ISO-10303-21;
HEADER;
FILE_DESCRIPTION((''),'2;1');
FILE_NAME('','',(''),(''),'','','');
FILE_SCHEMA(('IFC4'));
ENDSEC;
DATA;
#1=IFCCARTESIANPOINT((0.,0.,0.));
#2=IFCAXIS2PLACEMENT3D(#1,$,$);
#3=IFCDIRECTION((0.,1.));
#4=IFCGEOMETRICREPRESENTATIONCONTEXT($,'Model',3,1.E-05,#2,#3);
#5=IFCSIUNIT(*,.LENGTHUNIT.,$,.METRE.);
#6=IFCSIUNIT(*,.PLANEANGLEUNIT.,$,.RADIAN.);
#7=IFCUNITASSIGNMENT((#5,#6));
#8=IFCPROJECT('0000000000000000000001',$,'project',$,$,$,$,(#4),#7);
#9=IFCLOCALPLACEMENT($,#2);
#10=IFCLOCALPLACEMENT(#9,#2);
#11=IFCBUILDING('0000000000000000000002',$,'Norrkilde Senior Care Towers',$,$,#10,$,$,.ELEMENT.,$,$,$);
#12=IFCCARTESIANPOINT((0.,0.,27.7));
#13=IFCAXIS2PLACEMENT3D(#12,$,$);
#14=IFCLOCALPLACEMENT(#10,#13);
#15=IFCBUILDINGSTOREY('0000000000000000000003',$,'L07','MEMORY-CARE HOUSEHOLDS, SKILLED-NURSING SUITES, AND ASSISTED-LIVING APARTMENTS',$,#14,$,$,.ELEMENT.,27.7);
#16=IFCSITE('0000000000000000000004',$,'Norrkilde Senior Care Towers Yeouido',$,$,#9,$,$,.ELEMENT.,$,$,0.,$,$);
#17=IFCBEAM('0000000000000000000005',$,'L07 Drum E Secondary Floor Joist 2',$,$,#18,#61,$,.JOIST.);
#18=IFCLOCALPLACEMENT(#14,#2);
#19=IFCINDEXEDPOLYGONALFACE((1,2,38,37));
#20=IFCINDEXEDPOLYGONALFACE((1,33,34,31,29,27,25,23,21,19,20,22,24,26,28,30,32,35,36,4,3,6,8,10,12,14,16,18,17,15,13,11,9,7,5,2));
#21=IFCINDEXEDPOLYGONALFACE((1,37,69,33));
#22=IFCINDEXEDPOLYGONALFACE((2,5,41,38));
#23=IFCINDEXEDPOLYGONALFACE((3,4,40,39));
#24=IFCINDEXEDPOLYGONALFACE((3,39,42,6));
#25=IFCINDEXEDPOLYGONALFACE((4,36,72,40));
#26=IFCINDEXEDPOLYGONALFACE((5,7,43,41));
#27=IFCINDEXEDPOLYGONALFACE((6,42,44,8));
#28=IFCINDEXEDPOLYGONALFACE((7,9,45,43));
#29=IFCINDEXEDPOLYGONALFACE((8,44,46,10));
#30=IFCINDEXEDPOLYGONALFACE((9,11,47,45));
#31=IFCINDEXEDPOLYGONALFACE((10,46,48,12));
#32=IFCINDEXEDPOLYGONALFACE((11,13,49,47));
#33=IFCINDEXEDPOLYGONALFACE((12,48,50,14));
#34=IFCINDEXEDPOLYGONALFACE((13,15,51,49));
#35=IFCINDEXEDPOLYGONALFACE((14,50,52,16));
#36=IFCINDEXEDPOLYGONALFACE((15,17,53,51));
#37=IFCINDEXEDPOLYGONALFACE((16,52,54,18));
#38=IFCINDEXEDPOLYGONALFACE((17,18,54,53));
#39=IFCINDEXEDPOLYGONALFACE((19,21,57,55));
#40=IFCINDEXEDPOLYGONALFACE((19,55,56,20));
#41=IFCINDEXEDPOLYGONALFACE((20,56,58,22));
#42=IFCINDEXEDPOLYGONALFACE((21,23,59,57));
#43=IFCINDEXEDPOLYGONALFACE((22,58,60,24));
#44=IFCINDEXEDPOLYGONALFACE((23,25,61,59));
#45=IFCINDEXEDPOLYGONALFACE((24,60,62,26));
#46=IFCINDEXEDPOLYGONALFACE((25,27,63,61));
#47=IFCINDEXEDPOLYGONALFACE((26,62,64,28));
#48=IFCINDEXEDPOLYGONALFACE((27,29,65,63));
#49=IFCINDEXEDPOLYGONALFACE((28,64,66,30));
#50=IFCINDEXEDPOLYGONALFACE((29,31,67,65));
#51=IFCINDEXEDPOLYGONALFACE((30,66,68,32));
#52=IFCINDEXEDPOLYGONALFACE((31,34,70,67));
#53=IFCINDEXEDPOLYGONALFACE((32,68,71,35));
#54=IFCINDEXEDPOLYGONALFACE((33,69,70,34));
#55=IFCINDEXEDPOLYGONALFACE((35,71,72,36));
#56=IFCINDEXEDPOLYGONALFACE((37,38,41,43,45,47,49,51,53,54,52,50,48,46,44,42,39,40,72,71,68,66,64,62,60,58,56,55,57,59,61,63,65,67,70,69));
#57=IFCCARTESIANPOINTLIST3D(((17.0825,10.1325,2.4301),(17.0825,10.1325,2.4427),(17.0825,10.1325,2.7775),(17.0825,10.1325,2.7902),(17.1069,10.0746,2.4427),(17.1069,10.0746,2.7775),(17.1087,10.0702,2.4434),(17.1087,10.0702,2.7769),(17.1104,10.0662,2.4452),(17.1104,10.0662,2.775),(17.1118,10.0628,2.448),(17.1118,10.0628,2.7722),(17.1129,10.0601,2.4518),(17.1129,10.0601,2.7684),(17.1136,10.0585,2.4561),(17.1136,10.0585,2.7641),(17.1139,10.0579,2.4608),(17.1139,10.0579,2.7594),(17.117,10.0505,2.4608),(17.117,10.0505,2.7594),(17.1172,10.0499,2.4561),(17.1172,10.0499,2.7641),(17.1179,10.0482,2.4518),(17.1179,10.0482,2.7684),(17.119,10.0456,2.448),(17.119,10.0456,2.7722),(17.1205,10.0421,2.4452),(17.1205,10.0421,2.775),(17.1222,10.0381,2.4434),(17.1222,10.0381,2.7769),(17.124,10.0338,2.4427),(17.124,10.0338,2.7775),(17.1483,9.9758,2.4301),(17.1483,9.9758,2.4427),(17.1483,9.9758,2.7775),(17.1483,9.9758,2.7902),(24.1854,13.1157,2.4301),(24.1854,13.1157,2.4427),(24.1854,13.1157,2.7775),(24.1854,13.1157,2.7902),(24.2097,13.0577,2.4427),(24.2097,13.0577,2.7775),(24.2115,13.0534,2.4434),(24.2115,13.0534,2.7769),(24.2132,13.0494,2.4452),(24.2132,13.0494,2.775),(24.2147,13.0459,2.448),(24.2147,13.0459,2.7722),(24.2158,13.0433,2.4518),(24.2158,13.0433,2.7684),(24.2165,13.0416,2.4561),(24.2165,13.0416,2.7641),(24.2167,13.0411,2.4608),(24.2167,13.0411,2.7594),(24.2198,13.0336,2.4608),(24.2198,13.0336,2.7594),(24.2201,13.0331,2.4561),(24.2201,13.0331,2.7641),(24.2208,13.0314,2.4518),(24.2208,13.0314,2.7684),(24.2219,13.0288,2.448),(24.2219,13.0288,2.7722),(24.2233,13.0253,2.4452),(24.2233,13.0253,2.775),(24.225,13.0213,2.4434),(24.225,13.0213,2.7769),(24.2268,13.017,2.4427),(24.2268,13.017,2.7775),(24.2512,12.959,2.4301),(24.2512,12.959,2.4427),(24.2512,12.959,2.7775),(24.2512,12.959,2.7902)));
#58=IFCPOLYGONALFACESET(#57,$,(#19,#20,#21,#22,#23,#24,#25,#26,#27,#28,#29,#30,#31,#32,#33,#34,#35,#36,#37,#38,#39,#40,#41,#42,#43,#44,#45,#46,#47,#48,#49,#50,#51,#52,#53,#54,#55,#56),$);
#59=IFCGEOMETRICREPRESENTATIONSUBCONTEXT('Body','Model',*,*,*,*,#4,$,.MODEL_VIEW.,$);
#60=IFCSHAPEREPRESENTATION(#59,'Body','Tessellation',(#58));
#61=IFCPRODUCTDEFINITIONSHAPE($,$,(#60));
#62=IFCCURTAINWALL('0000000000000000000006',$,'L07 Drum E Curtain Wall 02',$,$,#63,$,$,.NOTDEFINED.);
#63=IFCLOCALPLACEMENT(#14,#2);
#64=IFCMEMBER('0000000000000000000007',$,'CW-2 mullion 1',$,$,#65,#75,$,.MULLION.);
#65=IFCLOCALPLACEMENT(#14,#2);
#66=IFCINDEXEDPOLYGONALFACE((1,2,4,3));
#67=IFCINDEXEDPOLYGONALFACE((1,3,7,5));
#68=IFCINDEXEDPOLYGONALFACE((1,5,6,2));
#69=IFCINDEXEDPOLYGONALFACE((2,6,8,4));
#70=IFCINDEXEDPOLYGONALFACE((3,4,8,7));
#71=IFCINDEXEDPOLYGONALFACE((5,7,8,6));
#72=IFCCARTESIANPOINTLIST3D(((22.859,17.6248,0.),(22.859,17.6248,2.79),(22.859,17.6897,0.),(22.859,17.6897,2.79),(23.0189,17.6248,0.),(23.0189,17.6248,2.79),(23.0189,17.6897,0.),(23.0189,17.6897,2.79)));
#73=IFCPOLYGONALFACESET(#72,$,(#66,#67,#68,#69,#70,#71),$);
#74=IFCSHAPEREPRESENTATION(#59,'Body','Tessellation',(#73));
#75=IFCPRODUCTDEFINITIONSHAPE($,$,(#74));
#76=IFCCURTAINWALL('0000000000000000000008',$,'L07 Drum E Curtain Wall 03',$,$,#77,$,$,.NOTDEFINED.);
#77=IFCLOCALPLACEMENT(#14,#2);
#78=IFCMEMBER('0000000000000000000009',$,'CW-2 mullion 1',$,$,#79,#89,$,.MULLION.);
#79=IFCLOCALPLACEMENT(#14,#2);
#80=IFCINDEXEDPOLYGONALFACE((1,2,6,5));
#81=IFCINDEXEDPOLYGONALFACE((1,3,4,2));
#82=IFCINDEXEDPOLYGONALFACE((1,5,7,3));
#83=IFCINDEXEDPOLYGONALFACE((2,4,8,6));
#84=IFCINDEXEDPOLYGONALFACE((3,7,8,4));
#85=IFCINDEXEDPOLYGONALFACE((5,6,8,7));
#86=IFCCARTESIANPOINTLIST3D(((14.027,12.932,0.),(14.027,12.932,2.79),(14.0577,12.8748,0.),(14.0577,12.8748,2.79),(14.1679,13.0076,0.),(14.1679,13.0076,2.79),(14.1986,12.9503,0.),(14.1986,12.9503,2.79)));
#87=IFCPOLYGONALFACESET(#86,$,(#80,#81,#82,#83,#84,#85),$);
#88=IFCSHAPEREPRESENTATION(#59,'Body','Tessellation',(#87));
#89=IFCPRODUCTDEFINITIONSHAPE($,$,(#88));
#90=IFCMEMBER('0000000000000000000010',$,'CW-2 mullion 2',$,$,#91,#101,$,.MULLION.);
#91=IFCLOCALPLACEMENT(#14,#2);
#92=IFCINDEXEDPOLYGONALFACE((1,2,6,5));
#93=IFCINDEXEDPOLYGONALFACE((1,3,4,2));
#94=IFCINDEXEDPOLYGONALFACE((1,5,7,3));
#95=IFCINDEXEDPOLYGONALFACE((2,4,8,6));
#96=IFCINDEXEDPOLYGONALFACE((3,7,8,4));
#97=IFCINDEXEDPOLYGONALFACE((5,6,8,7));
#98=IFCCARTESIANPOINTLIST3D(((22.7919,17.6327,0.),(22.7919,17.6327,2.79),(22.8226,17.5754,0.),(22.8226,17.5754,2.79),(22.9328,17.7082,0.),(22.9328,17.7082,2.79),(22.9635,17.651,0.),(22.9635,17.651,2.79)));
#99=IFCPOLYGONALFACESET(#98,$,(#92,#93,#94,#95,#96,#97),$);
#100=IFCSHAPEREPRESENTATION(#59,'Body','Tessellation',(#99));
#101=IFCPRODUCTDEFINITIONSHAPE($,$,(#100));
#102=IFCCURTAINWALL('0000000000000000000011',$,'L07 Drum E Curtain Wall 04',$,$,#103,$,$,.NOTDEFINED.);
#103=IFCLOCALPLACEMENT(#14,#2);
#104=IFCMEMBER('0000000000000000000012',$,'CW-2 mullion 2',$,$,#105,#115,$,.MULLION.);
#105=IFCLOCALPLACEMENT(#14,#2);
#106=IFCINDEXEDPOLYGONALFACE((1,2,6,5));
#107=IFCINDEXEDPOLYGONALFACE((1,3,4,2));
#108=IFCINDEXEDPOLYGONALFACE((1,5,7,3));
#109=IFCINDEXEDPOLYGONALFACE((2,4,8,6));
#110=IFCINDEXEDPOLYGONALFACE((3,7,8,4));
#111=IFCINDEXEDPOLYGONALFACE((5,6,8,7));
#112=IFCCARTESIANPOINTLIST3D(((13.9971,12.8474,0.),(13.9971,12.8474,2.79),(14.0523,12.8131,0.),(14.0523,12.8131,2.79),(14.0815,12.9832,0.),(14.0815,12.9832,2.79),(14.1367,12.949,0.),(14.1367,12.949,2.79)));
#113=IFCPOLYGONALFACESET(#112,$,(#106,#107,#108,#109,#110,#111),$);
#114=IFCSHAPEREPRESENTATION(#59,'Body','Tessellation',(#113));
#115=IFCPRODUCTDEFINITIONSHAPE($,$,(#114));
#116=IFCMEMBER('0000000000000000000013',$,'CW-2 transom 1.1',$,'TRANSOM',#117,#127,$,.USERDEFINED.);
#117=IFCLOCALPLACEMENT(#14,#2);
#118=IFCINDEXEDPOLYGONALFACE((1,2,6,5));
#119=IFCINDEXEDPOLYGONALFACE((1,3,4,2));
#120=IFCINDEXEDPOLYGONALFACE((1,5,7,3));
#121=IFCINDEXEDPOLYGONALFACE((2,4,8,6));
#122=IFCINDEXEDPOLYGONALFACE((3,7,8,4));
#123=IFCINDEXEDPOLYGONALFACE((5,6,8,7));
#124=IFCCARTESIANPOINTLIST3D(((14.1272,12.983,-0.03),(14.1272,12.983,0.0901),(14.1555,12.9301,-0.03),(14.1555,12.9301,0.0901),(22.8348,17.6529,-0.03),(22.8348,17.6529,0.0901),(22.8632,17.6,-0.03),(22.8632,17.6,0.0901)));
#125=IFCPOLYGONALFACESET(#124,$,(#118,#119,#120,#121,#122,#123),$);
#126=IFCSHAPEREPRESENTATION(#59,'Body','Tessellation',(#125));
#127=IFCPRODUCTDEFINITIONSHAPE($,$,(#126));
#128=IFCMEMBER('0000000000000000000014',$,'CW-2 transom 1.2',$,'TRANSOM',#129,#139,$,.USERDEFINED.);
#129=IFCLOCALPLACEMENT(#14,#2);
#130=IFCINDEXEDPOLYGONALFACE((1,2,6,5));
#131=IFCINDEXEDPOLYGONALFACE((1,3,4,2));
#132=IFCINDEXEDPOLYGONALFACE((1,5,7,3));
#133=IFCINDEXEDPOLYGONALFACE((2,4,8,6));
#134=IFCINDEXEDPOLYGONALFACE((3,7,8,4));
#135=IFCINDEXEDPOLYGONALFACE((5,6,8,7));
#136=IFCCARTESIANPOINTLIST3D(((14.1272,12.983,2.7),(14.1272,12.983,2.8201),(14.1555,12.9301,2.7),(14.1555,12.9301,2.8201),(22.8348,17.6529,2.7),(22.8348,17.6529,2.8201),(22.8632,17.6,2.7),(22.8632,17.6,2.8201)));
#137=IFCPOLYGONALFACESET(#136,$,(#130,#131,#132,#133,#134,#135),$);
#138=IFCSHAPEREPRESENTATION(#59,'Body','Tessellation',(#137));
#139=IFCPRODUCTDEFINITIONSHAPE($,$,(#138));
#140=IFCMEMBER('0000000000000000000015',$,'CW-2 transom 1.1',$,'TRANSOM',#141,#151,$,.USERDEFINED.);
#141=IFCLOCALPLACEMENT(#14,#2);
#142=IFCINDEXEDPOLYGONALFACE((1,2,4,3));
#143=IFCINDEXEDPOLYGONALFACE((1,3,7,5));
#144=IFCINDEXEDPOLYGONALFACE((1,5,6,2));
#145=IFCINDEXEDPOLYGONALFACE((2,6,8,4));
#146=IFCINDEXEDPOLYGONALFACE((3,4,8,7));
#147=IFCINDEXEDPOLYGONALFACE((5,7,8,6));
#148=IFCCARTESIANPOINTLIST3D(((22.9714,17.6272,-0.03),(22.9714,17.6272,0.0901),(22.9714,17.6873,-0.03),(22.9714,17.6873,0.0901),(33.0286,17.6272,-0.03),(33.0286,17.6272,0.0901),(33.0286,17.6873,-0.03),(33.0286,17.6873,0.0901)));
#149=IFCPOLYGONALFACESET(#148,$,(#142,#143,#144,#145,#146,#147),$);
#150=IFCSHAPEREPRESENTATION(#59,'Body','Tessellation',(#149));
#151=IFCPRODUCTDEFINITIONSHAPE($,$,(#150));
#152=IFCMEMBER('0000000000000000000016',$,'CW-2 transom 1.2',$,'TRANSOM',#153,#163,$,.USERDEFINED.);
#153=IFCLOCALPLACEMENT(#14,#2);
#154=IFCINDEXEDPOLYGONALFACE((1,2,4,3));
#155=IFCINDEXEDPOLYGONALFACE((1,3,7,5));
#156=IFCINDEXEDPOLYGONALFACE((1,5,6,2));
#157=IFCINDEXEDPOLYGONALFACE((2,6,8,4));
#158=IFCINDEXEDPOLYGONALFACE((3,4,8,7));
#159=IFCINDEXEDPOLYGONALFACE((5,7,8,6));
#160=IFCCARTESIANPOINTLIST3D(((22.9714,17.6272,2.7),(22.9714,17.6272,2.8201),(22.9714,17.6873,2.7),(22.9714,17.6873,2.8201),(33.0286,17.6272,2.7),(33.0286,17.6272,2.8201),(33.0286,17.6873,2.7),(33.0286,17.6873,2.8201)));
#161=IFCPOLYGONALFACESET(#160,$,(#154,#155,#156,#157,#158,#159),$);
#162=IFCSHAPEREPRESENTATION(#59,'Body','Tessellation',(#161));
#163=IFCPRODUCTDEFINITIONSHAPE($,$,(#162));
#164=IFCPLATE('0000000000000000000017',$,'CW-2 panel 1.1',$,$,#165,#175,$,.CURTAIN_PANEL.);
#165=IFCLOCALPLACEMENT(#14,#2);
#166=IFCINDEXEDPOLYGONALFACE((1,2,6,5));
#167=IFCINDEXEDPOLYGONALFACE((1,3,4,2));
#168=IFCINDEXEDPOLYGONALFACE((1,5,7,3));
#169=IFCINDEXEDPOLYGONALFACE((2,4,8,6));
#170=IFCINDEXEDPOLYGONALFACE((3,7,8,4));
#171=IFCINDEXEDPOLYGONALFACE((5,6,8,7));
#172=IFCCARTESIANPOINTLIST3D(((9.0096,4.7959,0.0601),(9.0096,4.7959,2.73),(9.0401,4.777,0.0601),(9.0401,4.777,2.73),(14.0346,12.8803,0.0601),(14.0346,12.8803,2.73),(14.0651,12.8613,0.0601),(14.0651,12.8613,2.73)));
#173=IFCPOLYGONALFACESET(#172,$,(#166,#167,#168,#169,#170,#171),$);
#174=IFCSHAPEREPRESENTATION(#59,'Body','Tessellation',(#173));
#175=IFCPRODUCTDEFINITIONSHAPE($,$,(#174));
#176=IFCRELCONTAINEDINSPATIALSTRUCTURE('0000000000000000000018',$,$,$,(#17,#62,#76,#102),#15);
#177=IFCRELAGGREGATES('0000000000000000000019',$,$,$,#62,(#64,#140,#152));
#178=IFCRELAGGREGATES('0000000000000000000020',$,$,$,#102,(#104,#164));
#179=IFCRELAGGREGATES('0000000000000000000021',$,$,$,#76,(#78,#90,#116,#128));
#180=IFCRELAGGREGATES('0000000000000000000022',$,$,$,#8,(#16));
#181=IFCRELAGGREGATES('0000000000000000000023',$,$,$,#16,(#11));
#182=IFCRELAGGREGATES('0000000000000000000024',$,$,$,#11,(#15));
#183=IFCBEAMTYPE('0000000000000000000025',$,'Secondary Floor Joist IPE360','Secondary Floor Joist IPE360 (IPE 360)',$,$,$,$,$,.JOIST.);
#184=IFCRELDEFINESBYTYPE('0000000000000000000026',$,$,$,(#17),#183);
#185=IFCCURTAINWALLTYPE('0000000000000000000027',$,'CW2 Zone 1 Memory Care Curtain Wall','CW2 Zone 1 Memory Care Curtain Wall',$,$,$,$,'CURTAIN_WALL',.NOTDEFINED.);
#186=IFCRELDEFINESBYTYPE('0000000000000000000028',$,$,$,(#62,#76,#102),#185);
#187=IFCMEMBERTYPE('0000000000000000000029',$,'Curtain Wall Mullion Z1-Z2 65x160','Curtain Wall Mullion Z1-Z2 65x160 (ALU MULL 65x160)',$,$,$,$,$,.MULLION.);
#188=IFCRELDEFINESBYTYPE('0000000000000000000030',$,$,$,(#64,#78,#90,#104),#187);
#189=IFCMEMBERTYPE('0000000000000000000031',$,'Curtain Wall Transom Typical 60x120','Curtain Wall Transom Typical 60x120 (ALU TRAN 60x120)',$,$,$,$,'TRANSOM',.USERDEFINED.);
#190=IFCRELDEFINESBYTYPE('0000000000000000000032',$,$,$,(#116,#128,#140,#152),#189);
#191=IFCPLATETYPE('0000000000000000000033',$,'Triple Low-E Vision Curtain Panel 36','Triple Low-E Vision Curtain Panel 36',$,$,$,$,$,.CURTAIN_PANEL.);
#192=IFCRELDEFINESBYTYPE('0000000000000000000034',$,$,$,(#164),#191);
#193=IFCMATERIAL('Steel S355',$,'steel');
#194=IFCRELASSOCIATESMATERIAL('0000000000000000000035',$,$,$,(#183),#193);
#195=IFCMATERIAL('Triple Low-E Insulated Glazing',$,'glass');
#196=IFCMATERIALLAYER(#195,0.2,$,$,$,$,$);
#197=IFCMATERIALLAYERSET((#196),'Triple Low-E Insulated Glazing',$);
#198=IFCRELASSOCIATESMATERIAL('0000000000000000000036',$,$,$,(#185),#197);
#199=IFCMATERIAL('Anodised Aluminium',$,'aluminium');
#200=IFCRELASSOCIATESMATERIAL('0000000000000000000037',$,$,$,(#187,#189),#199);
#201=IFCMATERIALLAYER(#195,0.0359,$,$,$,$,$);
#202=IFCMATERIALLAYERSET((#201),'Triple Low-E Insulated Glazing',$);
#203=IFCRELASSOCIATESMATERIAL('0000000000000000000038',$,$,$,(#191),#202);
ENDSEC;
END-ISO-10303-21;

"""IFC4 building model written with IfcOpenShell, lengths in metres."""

from ifc_helpers import new_model, si_unit, direction, frame, origin, origin_2d, place, context, subcontext, project, spatial, rectangle, i_section, extrude, source, transform, mapped, material, layer, layer_set, material_profile, profile_set, type_object, type_shapes, element, aggregate, save


model = new_model("IFC4")

# Units and contexts
model_context = context("Model", 3, precision=1e-05, world=origin(), true_north=direction((0.0, 1.0)))
body_context = subcontext(model_context, "Body", "Model", "MODEL_VIEW")
ifc_project = project(units=[si_unit("LENGTHUNIT", "METRE"), si_unit("PLANEANGLEUNIT", "RADIAN")], contexts=[model_context])

# Site, building, storey
site_placement = place(None, origin())
site = spatial("IfcSite", under=ifc_project, at=site_placement, Name="Norrkilde Senior Care Towers Yeouido", CompositionType="ELEMENT", RefElevation=0.0)
building_placement = place(site_placement, origin())
building = spatial("IfcBuilding", under=site, at=building_placement, Name="Norrkilde Senior Care Towers", CompositionType="ELEMENT")
storey_placement = place(building_placement, frame((0.0, 0.0, 27.7)))
storey = spatial("IfcBuildingStorey", under=building, at=storey_placement, Name="L07", Description="MEMORY-CARE HOUSEHOLDS, SKILLED-NURSING SUITES, AND ASSISTED-LIVING APARTMENTS", CompositionType="ELEMENT", Elevation=27.7)

# Beam
ifc_material_1 = material(Name="Steel S355", Category="steel")
ifc_material_profile_1 = material_profile(ifc_material_1, i_section(OverallWidth=0.1699, OverallDepth=0.3601, WebThickness=0.0081, FlangeThickness=0.0127, FilletRadius=0.0181, at=origin_2d()), Name="IPE 360")
ifc_profile_set_1 = profile_set([ifc_material_profile_1], Name="Steel S355")
beam_type_1 = type_object("IfcBeamType", Name="Secondary Floor Joist IPE360", Description="Secondary Floor Joist IPE360 (IPE 360)", PredefinedType="JOIST", material=ifc_profile_set_1)
shared_shape_1 = source(origin(), body_context, "Body", "SweptSolid", [
    extrude(i_section(OverallWidth=0.1699, OverallDepth=0.3601, WebThickness=0.0081, FlangeThickness=0.0127, FilletRadius=0.0181, at=origin_2d()), origin(), (0.0, 0.0, 1.0), 7.7039),
])
type_shapes(beam_type_1, [shared_shape_1])
beam_1_placement = place(storey_placement, frame((24.2183, 13.0374, 2.6101), z_axis=(-0.921983, -0.387231, 0.0), x_axis=(0.387231, -0.921983, 0.0)))
element("IfcBeam", 1, at=beam_1_placement, inside=storey, type_object=beam_type_1, Name="L07 Drum E Secondary Floor Joist 2", PredefinedType="JOIST", context=body_context, shape_type="MappedRepresentation", body=[
    mapped(shared_shape_1, transform((0.0, 0.0, 0.0), x_axis=(1.0, 0.0, 0.0), y_axis=(0.0, 1.0, 0.0), z_axis=(0.0, 0.0, 1.0), scale=1.0)),
])

# Curtain wall, member
ifc_material_2 = material(Name="Triple Low-E Insulated Glazing", Category="glass")
ifc_layer_1 = layer(ifc_material_2, 0.2)
ifc_layer_set_1 = layer_set([ifc_layer_1], Name="Triple Low-E Insulated Glazing")
curtain_wall_type = type_object("IfcCurtainWallType", Name="CW2 Zone 1 Memory Care Curtain Wall", Description="CW2 Zone 1 Memory Care Curtain Wall", ElementType="CURTAIN_WALL", PredefinedType="NOTDEFINED", material=ifc_layer_set_1)
curtain_wall_1_placement = place(storey_placement, origin())
curtain_wall_1 = element("IfcCurtainWall", 2, at=curtain_wall_1_placement, inside=storey, type_object=curtain_wall_type, Name="L07 Drum E Curtain Wall 02", PredefinedType="NOTDEFINED")
ifc_material_3 = material(Name="Anodised Aluminium", Category="aluminium")
ifc_material_profile_2 = material_profile(ifc_material_3, rectangle(XDim=0.0649, YDim=0.1599, at=origin_2d()), Name="ALU MULL 65x160")
ifc_profile_set_2 = profile_set([ifc_material_profile_2], Name="Anodised Aluminium")
member_type_1 = type_object("IfcMemberType", Name="Curtain Wall Mullion Z1-Z2 65x160", Description="Curtain Wall Mullion Z1-Z2 65x160 (ALU MULL 65x160)", PredefinedType="MULLION", material=ifc_profile_set_2)
shared_shape_2 = source(origin(), body_context, "Body", "SweptSolid", [
    extrude(rectangle(XDim=0.0649, YDim=0.1599, at=origin_2d()), origin(), (0.0, 0.0, 1.0), 2.79),
])
type_shapes(member_type_1, [shared_shape_2])
member_1_placement = place(storey_placement, frame((22.939, 17.6572, 0.0), z_axis=(0.0, 0.0, 1.0), x_axis=(0.0, 1.0, 0.0)))
member_1 = element("IfcMember", 3, at=member_1_placement, type_object=member_type_1, Name="CW-2 mullion 1", PredefinedType="MULLION", context=body_context, shape_type="MappedRepresentation", body=[
    mapped(shared_shape_2, transform((0.0, 0.0, 0.0), x_axis=(1.0, 0.0, 0.0), y_axis=(0.0, 1.0, 0.0), z_axis=(0.0, 0.0, 1.0), scale=1.0)),
])

# Curtain wall, members
curtain_wall_2_placement = place(storey_placement, origin())
curtain_wall_2 = element("IfcCurtainWall", 4, at=curtain_wall_2_placement, inside=storey, type_object=curtain_wall_type, Name="L07 Drum E Curtain Wall 03", PredefinedType="NOTDEFINED")
member_2_placement = place(storey_placement, frame((14.1128, 12.9412, 0.0), z_axis=(0.0, 0.0, 1.0), x_axis=(-0.472608, 0.881273, 0.0)))
member_2 = element("IfcMember", 5, at=member_2_placement, type_object=member_type_1, Name="CW-2 mullion 1", PredefinedType="MULLION", context=body_context, shape_type="MappedRepresentation", body=[
    mapped(shared_shape_2, transform((0.0, 0.0, 0.0), x_axis=(1.0, 0.0, 0.0), y_axis=(0.0, 1.0, 0.0), z_axis=(0.0, 0.0, 1.0), scale=1.0)),
])
member_3_placement = place(storey_placement, frame((22.8777, 17.6418, 0.0), z_axis=(0.0, 0.0, 1.0), x_axis=(-0.472608, 0.881273, 0.0)))
member_3 = element("IfcMember", 6, at=member_3_placement, type_object=member_type_1, Name="CW-2 mullion 2", PredefinedType="MULLION", context=body_context, shape_type="MappedRepresentation", body=[
    mapped(shared_shape_2, transform((0.0, 0.0, 0.0), x_axis=(1.0, 0.0, 0.0), y_axis=(0.0, 1.0, 0.0), z_axis=(0.0, 0.0, 1.0), scale=1.0)),
])

# Curtain wall, member
curtain_wall_3_placement = place(storey_placement, origin())
curtain_wall_3 = element("IfcCurtainWall", 7, at=curtain_wall_3_placement, inside=storey, type_object=curtain_wall_type, Name="L07 Drum E Curtain Wall 04", PredefinedType="NOTDEFINED")
member_4_placement = place(storey_placement, frame((14.0669, 12.8982, 0.0), z_axis=(0.0, 0.0, 1.0), x_axis=(-0.849306, 0.527901, 0.0)))
member_4 = element("IfcMember", 8, at=member_4_placement, type_object=member_type_1, Name="CW-2 mullion 2", PredefinedType="MULLION", context=body_context, shape_type="MappedRepresentation", body=[
    mapped(shared_shape_2, transform((0.0, 0.0, 0.0), x_axis=(1.0, 0.0, 0.0), y_axis=(0.0, 1.0, 0.0), z_axis=(0.0, 0.0, 1.0), scale=1.0)),
])

# Members
ifc_material_profile_3 = material_profile(ifc_material_3, rectangle(XDim=0.0601, YDim=0.1201, at=origin_2d()), Name="ALU TRAN 60x120")
ifc_profile_set_3 = profile_set([ifc_material_profile_3], Name="Anodised Aluminium")
member_type_2 = type_object("IfcMemberType", Name="Curtain Wall Transom Typical 60x120", Description="Curtain Wall Transom Typical 60x120 (ALU TRAN 60x120)", ElementType="TRANSOM", PredefinedType="USERDEFINED", material=ifc_profile_set_3)
shared_shape_3 = source(origin(), body_context, "Body", "SweptSolid", [
    extrude(rectangle(XDim=0.0601, YDim=0.1201, at=origin_2d()), origin(), (0.0, 0.0, 1.0), 9.8809),
])
member_5_placement = place(storey_placement, frame((14.1414, 12.9565, 0.03), z_axis=(0.881267, 0.472618, 0.0), x_axis=(-0.472618, 0.881267, 0.0)))
member_5 = element("IfcMember", 9, at=member_5_placement, type_object=member_type_2, Name="CW-2 transom 1.1", ObjectType="TRANSOM", PredefinedType="USERDEFINED", context=body_context, shape_type="MappedRepresentation", body=[
    mapped(shared_shape_3, transform((0.0, 0.0, 0.0), x_axis=(1.0, 0.0, 0.0), y_axis=(0.0, 1.0, 0.0), z_axis=(0.0, 0.0, 1.0), scale=1.0)),
])
member_6_placement = place(storey_placement, frame((14.1414, 12.9565, 2.76), z_axis=(0.881267, 0.472618, 0.0), x_axis=(-0.472618, 0.881267, 0.0)))
member_6 = element("IfcMember", 10, at=member_6_placement, type_object=member_type_2, Name="CW-2 transom 1.2", ObjectType="TRANSOM", PredefinedType="USERDEFINED", context=body_context, shape_type="MappedRepresentation", body=[
    mapped(shared_shape_3, transform((0.0, 0.0, 0.0), x_axis=(1.0, 0.0, 0.0), y_axis=(0.0, 1.0, 0.0), z_axis=(0.0, 0.0, 1.0), scale=1.0)),
])
shared_shape_4 = source(origin(), body_context, "Body", "SweptSolid", [
    extrude(rectangle(XDim=0.0601, YDim=0.1201, at=origin_2d()), origin(), (0.0, 0.0, 1.0), 10.0571),
])
type_shapes(member_type_2, [shared_shape_3, shared_shape_4])
member_7_placement = place(storey_placement, frame((22.9714, 17.6572, 0.03), z_axis=(1.0, 0.0, 0.0), x_axis=(0.0, 1.0, 0.0)))
member_7 = element("IfcMember", 11, at=member_7_placement, type_object=member_type_2, Name="CW-2 transom 1.1", ObjectType="TRANSOM", PredefinedType="USERDEFINED", context=body_context, shape_type="MappedRepresentation", body=[
    mapped(shared_shape_4, transform((0.0, 0.0, 0.0), x_axis=(1.0, 0.0, 0.0), y_axis=(0.0, 1.0, 0.0), z_axis=(0.0, 0.0, 1.0), scale=1.0)),
])
member_8_placement = place(storey_placement, frame((22.9714, 17.6572, 2.76), z_axis=(1.0, 0.0, 0.0), x_axis=(0.0, 1.0, 0.0)))
member_8 = element("IfcMember", 12, at=member_8_placement, type_object=member_type_2, Name="CW-2 transom 1.2", ObjectType="TRANSOM", PredefinedType="USERDEFINED", context=body_context, shape_type="MappedRepresentation", body=[
    mapped(shared_shape_4, transform((0.0, 0.0, 0.0), x_axis=(1.0, 0.0, 0.0), y_axis=(0.0, 1.0, 0.0), z_axis=(0.0, 0.0, 1.0), scale=1.0)),
])
aggregate(curtain_wall_1, [member_1, member_7, member_8])

# Plate
ifc_layer_2 = layer(ifc_material_2, 0.0359)
ifc_layer_set_2 = layer_set([ifc_layer_2], Name="Triple Low-E Insulated Glazing")
plate_type = type_object("IfcPlateType", Name="Triple Low-E Vision Curtain Panel 36", Description="Triple Low-E Vision Curtain Panel 36", PredefinedType="CURTAIN_PANEL", material=ifc_layer_set_2)
shared_shape_5 = source(origin(), body_context, "Body", "SweptSolid", [
    extrude(rectangle(XDim=9.5188, YDim=0.0359, at=origin_2d()), origin(), (0.0, 0.0, 1.0), 2.6699),
])
plate_1_placement = place(storey_placement, frame((11.5374, 8.8286, 0.0601), z_axis=(0.0, 0.0, 1.0), x_axis=(0.527901, 0.849306, 0.0)))
plate_1 = element("IfcPlate", 13, at=plate_1_placement, type_object=plate_type, Name="CW-2 panel 1.1", PredefinedType="CURTAIN_PANEL", context=body_context, shape_type="MappedRepresentation", body=[
    mapped(shared_shape_5, transform((0.0, 0.0, 0.0), x_axis=(1.0, 0.0, 0.0), y_axis=(0.0, 1.0, 0.0), z_axis=(0.0, 0.0, 1.0), scale=1.0)),
])
aggregate(curtain_wall_3, [member_4, plate_1])
aggregate(curtain_wall_2, [member_2, member_3, member_5, member_6])

save(model, "model.ifc")
